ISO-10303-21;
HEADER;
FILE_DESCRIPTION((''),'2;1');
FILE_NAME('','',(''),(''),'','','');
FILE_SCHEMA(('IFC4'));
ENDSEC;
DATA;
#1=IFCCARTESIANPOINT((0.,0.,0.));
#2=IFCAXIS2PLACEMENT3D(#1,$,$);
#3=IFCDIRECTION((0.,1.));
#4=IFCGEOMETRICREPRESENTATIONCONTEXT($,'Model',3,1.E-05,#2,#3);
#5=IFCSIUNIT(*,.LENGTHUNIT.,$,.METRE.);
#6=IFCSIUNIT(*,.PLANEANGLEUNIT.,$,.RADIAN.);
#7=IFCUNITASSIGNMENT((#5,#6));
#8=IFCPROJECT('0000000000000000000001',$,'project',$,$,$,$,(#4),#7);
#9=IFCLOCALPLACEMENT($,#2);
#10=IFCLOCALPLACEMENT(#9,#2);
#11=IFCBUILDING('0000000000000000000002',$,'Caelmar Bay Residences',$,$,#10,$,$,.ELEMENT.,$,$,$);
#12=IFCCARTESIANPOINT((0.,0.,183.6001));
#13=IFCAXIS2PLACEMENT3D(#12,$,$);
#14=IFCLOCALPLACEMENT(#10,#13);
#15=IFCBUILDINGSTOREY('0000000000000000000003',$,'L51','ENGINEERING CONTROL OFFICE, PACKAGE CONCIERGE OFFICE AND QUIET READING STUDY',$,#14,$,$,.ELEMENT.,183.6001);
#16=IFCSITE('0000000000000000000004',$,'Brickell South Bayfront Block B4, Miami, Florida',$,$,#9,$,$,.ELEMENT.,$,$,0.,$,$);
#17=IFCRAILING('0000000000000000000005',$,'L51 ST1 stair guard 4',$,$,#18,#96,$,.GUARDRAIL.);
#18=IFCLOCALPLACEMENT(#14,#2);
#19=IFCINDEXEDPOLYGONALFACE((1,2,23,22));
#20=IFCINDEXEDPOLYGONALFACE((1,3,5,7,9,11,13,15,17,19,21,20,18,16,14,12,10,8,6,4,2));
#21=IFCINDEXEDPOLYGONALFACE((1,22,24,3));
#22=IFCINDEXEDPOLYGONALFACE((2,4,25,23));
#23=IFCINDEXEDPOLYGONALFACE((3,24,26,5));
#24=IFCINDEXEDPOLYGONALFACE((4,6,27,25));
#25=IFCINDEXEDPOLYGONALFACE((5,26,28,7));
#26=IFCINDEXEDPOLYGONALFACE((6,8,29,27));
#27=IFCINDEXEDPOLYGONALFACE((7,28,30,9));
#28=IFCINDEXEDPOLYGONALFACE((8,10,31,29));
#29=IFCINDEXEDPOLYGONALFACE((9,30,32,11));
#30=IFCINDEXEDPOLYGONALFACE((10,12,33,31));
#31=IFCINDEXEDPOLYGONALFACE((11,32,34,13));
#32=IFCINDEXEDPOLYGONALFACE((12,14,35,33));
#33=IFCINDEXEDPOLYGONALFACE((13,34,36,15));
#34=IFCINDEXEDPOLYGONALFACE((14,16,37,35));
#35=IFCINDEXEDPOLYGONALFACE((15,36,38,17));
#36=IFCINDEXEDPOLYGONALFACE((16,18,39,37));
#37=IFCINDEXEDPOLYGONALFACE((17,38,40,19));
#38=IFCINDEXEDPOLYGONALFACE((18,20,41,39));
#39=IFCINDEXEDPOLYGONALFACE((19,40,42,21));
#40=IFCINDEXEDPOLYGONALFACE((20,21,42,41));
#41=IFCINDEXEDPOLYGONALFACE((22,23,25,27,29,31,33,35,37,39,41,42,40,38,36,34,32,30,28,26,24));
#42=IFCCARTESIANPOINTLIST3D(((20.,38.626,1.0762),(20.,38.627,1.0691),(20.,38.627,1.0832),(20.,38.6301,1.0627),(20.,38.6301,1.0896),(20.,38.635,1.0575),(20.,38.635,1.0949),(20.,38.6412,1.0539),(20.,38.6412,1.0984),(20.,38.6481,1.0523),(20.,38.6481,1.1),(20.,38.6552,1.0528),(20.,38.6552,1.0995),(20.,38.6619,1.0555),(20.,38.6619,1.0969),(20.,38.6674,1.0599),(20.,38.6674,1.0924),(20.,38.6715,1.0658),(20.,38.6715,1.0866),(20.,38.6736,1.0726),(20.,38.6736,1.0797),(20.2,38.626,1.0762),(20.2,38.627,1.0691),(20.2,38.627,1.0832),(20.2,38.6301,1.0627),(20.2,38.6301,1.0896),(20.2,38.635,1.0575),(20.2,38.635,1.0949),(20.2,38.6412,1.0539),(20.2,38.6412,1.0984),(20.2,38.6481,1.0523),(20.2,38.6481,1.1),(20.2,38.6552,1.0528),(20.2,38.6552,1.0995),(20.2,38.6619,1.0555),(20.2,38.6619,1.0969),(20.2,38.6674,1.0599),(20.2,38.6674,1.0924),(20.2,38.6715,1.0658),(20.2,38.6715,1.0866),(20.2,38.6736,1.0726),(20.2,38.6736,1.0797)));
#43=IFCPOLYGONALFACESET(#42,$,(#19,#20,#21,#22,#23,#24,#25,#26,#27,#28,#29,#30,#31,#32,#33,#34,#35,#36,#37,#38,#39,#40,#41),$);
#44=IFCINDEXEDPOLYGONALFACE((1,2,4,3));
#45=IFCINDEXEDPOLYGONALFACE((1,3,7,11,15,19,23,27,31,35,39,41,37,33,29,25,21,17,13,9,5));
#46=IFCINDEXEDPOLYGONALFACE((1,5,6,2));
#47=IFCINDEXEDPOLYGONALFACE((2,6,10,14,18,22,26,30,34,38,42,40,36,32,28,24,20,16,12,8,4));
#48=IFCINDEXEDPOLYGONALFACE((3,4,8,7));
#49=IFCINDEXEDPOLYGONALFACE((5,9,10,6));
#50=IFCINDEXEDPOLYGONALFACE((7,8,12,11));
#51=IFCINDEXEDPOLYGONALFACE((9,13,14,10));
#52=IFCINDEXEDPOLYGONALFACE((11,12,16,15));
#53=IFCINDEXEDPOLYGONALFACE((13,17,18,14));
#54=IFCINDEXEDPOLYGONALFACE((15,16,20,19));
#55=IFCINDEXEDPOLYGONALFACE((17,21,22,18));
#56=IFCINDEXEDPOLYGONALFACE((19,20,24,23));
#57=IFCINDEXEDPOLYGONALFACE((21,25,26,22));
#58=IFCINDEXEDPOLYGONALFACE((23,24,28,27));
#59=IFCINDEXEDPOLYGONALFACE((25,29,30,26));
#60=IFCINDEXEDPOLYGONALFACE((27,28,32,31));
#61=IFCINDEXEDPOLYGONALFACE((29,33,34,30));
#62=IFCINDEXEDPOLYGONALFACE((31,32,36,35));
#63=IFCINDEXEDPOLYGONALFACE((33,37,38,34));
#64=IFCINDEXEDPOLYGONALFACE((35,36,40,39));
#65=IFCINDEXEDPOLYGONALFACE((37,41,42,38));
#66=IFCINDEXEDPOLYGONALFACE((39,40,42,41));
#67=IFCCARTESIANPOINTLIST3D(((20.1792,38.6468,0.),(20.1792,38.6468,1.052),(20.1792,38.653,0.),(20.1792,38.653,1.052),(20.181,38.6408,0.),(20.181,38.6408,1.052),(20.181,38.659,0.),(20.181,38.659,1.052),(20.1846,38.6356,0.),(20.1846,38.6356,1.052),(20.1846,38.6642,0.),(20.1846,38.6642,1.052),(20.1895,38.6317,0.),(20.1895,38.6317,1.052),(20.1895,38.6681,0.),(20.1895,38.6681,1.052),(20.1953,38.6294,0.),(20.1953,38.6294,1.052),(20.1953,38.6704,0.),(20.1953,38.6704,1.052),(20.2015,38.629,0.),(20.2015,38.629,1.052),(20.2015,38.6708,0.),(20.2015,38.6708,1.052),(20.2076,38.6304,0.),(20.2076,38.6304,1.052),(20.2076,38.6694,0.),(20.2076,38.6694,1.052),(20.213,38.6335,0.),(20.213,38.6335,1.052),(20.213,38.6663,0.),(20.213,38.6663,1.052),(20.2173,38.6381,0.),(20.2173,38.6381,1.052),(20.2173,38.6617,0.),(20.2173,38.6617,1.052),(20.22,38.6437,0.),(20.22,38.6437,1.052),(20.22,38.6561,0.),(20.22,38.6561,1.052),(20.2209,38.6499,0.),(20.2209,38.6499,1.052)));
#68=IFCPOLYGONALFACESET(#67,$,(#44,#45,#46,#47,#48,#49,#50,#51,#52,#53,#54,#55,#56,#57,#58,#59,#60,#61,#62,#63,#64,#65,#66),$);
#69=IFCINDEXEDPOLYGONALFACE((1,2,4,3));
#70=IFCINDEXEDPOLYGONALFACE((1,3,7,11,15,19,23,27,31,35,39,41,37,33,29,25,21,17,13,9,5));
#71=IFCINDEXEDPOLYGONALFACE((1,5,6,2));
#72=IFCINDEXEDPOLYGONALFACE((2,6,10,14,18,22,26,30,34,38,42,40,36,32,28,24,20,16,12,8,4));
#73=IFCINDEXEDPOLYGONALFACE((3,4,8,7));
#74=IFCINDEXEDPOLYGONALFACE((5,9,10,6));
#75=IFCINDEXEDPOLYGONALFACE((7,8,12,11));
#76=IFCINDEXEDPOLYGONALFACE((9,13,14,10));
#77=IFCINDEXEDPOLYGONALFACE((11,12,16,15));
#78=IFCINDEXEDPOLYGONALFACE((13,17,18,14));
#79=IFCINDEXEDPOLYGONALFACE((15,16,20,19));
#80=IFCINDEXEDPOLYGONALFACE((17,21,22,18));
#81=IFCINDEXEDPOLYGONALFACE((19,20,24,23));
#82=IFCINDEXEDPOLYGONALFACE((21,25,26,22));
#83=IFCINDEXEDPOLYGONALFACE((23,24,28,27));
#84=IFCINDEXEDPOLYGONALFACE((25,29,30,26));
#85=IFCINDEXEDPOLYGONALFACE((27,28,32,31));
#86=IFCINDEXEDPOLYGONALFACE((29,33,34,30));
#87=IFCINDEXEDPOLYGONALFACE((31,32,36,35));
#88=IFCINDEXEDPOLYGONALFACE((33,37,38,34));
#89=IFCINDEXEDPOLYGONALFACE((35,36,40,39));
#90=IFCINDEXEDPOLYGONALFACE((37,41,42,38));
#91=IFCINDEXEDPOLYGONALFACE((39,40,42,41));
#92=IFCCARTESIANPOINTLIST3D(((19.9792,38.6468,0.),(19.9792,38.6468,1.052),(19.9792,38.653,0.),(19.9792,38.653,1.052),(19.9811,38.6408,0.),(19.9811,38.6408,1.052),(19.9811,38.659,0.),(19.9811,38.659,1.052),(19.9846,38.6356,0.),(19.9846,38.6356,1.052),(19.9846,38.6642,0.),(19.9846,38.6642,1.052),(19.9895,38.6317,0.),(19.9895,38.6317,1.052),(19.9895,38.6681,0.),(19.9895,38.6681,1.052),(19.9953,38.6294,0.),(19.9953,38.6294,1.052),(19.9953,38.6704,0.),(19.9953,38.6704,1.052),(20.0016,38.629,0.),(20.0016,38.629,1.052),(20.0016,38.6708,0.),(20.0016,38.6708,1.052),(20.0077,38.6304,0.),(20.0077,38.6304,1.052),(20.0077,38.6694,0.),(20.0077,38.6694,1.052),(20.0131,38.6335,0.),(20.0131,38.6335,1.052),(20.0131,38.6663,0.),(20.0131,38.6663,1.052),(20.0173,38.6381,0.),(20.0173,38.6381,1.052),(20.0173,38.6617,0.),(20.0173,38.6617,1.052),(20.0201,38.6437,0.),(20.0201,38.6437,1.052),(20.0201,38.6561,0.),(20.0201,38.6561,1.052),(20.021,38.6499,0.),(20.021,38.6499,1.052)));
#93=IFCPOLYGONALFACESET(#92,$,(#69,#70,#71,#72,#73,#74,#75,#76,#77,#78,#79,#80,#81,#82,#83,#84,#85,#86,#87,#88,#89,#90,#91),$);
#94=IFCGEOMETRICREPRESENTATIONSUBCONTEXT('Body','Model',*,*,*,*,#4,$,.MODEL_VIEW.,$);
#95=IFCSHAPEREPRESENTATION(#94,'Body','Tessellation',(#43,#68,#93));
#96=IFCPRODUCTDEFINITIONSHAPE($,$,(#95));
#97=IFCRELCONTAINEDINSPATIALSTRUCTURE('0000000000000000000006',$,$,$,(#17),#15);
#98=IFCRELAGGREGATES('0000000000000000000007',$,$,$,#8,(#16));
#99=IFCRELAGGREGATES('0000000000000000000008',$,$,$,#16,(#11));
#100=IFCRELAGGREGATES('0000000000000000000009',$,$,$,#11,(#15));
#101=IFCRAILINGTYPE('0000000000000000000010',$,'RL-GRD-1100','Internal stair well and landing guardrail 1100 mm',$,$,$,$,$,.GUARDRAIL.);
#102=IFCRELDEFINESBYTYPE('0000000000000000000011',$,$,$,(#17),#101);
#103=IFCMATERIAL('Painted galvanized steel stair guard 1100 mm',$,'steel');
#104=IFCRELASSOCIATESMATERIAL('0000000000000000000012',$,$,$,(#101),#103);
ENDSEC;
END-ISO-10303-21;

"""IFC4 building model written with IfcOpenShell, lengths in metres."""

from ifc_helpers import new_model, si_unit, direction, frame, origin, origin_2d, place, context, subcontext, project, spatial, circle, extrude, material, type_object, element, save


model = new_model("IFC4")

# Units and contexts
model_context = context("Model", 3, precision=1e-05, world=origin(), true_north=direction((0.0, 1.0)))
body_context = subcontext(model_context, "Body", "Model", "MODEL_VIEW")
ifc_project = project(units=[si_unit("LENGTHUNIT", "METRE"), si_unit("PLANEANGLEUNIT", "RADIAN")], contexts=[model_context])

# Site, building, storey
site_placement = place(None, origin())
site = spatial("IfcSite", under=ifc_project, at=site_placement, Name="Brickell South Bayfront Block B4, Miami, Florida", CompositionType="ELEMENT", RefElevation=0.0)
building_placement = place(site_placement, origin())
building = spatial("IfcBuilding", under=site, at=building_placement, Name="Caelmar Bay Residences", CompositionType="ELEMENT")
storey_placement = place(building_placement, frame((0.0, 0.0, 183.6001)))
storey = spatial("IfcBuildingStorey", under=building, at=storey_placement, Name="L51", Description="ENGINEERING CONTROL OFFICE, PACKAGE CONCIERGE OFFICE AND QUIET READING STUDY", CompositionType="ELEMENT", Elevation=183.6001)

# Railing
ifc_material_1 = material(Name="Painted galvanized steel stair guard 1100 mm", Category="steel")
railing_type_1 = type_object("IfcRailingType", Name="RL-GRD-1100", Description="Internal stair well and landing guardrail 1100 mm", PredefinedType="GUARDRAIL", material=ifc_material_1)
railing_1_placement = place(storey_placement, frame((20.2, 38.6499, 0.0)))
element("IfcRailing", 1, at=railing_1_placement, inside=storey, type_object=railing_type_1, Name="L51 ST1 stair guard 4", PredefinedType="GUARDRAIL", context=body_context, shape_type="SweptSolid", body=[
    extrude(circle(Radius=0.0239, at=origin_2d()), frame((0.0, 0.0, 1.0762), z_axis=(-1.0, 0.0, 0.0), x_axis=(0.0, -1.0, 0.0)), (0.0, 0.0, 1.0), 0.2),
    extrude(circle(Radius=0.021, at=origin_2d()), origin(), (0.0, 0.0, 1.0), 1.052),
    extrude(circle(Radius=0.021, at=origin_2d()), frame((-0.2, 0.0, 0.0)), (0.0, 0.0, 1.0), 1.052),
])

save(model, "model.ifc")
